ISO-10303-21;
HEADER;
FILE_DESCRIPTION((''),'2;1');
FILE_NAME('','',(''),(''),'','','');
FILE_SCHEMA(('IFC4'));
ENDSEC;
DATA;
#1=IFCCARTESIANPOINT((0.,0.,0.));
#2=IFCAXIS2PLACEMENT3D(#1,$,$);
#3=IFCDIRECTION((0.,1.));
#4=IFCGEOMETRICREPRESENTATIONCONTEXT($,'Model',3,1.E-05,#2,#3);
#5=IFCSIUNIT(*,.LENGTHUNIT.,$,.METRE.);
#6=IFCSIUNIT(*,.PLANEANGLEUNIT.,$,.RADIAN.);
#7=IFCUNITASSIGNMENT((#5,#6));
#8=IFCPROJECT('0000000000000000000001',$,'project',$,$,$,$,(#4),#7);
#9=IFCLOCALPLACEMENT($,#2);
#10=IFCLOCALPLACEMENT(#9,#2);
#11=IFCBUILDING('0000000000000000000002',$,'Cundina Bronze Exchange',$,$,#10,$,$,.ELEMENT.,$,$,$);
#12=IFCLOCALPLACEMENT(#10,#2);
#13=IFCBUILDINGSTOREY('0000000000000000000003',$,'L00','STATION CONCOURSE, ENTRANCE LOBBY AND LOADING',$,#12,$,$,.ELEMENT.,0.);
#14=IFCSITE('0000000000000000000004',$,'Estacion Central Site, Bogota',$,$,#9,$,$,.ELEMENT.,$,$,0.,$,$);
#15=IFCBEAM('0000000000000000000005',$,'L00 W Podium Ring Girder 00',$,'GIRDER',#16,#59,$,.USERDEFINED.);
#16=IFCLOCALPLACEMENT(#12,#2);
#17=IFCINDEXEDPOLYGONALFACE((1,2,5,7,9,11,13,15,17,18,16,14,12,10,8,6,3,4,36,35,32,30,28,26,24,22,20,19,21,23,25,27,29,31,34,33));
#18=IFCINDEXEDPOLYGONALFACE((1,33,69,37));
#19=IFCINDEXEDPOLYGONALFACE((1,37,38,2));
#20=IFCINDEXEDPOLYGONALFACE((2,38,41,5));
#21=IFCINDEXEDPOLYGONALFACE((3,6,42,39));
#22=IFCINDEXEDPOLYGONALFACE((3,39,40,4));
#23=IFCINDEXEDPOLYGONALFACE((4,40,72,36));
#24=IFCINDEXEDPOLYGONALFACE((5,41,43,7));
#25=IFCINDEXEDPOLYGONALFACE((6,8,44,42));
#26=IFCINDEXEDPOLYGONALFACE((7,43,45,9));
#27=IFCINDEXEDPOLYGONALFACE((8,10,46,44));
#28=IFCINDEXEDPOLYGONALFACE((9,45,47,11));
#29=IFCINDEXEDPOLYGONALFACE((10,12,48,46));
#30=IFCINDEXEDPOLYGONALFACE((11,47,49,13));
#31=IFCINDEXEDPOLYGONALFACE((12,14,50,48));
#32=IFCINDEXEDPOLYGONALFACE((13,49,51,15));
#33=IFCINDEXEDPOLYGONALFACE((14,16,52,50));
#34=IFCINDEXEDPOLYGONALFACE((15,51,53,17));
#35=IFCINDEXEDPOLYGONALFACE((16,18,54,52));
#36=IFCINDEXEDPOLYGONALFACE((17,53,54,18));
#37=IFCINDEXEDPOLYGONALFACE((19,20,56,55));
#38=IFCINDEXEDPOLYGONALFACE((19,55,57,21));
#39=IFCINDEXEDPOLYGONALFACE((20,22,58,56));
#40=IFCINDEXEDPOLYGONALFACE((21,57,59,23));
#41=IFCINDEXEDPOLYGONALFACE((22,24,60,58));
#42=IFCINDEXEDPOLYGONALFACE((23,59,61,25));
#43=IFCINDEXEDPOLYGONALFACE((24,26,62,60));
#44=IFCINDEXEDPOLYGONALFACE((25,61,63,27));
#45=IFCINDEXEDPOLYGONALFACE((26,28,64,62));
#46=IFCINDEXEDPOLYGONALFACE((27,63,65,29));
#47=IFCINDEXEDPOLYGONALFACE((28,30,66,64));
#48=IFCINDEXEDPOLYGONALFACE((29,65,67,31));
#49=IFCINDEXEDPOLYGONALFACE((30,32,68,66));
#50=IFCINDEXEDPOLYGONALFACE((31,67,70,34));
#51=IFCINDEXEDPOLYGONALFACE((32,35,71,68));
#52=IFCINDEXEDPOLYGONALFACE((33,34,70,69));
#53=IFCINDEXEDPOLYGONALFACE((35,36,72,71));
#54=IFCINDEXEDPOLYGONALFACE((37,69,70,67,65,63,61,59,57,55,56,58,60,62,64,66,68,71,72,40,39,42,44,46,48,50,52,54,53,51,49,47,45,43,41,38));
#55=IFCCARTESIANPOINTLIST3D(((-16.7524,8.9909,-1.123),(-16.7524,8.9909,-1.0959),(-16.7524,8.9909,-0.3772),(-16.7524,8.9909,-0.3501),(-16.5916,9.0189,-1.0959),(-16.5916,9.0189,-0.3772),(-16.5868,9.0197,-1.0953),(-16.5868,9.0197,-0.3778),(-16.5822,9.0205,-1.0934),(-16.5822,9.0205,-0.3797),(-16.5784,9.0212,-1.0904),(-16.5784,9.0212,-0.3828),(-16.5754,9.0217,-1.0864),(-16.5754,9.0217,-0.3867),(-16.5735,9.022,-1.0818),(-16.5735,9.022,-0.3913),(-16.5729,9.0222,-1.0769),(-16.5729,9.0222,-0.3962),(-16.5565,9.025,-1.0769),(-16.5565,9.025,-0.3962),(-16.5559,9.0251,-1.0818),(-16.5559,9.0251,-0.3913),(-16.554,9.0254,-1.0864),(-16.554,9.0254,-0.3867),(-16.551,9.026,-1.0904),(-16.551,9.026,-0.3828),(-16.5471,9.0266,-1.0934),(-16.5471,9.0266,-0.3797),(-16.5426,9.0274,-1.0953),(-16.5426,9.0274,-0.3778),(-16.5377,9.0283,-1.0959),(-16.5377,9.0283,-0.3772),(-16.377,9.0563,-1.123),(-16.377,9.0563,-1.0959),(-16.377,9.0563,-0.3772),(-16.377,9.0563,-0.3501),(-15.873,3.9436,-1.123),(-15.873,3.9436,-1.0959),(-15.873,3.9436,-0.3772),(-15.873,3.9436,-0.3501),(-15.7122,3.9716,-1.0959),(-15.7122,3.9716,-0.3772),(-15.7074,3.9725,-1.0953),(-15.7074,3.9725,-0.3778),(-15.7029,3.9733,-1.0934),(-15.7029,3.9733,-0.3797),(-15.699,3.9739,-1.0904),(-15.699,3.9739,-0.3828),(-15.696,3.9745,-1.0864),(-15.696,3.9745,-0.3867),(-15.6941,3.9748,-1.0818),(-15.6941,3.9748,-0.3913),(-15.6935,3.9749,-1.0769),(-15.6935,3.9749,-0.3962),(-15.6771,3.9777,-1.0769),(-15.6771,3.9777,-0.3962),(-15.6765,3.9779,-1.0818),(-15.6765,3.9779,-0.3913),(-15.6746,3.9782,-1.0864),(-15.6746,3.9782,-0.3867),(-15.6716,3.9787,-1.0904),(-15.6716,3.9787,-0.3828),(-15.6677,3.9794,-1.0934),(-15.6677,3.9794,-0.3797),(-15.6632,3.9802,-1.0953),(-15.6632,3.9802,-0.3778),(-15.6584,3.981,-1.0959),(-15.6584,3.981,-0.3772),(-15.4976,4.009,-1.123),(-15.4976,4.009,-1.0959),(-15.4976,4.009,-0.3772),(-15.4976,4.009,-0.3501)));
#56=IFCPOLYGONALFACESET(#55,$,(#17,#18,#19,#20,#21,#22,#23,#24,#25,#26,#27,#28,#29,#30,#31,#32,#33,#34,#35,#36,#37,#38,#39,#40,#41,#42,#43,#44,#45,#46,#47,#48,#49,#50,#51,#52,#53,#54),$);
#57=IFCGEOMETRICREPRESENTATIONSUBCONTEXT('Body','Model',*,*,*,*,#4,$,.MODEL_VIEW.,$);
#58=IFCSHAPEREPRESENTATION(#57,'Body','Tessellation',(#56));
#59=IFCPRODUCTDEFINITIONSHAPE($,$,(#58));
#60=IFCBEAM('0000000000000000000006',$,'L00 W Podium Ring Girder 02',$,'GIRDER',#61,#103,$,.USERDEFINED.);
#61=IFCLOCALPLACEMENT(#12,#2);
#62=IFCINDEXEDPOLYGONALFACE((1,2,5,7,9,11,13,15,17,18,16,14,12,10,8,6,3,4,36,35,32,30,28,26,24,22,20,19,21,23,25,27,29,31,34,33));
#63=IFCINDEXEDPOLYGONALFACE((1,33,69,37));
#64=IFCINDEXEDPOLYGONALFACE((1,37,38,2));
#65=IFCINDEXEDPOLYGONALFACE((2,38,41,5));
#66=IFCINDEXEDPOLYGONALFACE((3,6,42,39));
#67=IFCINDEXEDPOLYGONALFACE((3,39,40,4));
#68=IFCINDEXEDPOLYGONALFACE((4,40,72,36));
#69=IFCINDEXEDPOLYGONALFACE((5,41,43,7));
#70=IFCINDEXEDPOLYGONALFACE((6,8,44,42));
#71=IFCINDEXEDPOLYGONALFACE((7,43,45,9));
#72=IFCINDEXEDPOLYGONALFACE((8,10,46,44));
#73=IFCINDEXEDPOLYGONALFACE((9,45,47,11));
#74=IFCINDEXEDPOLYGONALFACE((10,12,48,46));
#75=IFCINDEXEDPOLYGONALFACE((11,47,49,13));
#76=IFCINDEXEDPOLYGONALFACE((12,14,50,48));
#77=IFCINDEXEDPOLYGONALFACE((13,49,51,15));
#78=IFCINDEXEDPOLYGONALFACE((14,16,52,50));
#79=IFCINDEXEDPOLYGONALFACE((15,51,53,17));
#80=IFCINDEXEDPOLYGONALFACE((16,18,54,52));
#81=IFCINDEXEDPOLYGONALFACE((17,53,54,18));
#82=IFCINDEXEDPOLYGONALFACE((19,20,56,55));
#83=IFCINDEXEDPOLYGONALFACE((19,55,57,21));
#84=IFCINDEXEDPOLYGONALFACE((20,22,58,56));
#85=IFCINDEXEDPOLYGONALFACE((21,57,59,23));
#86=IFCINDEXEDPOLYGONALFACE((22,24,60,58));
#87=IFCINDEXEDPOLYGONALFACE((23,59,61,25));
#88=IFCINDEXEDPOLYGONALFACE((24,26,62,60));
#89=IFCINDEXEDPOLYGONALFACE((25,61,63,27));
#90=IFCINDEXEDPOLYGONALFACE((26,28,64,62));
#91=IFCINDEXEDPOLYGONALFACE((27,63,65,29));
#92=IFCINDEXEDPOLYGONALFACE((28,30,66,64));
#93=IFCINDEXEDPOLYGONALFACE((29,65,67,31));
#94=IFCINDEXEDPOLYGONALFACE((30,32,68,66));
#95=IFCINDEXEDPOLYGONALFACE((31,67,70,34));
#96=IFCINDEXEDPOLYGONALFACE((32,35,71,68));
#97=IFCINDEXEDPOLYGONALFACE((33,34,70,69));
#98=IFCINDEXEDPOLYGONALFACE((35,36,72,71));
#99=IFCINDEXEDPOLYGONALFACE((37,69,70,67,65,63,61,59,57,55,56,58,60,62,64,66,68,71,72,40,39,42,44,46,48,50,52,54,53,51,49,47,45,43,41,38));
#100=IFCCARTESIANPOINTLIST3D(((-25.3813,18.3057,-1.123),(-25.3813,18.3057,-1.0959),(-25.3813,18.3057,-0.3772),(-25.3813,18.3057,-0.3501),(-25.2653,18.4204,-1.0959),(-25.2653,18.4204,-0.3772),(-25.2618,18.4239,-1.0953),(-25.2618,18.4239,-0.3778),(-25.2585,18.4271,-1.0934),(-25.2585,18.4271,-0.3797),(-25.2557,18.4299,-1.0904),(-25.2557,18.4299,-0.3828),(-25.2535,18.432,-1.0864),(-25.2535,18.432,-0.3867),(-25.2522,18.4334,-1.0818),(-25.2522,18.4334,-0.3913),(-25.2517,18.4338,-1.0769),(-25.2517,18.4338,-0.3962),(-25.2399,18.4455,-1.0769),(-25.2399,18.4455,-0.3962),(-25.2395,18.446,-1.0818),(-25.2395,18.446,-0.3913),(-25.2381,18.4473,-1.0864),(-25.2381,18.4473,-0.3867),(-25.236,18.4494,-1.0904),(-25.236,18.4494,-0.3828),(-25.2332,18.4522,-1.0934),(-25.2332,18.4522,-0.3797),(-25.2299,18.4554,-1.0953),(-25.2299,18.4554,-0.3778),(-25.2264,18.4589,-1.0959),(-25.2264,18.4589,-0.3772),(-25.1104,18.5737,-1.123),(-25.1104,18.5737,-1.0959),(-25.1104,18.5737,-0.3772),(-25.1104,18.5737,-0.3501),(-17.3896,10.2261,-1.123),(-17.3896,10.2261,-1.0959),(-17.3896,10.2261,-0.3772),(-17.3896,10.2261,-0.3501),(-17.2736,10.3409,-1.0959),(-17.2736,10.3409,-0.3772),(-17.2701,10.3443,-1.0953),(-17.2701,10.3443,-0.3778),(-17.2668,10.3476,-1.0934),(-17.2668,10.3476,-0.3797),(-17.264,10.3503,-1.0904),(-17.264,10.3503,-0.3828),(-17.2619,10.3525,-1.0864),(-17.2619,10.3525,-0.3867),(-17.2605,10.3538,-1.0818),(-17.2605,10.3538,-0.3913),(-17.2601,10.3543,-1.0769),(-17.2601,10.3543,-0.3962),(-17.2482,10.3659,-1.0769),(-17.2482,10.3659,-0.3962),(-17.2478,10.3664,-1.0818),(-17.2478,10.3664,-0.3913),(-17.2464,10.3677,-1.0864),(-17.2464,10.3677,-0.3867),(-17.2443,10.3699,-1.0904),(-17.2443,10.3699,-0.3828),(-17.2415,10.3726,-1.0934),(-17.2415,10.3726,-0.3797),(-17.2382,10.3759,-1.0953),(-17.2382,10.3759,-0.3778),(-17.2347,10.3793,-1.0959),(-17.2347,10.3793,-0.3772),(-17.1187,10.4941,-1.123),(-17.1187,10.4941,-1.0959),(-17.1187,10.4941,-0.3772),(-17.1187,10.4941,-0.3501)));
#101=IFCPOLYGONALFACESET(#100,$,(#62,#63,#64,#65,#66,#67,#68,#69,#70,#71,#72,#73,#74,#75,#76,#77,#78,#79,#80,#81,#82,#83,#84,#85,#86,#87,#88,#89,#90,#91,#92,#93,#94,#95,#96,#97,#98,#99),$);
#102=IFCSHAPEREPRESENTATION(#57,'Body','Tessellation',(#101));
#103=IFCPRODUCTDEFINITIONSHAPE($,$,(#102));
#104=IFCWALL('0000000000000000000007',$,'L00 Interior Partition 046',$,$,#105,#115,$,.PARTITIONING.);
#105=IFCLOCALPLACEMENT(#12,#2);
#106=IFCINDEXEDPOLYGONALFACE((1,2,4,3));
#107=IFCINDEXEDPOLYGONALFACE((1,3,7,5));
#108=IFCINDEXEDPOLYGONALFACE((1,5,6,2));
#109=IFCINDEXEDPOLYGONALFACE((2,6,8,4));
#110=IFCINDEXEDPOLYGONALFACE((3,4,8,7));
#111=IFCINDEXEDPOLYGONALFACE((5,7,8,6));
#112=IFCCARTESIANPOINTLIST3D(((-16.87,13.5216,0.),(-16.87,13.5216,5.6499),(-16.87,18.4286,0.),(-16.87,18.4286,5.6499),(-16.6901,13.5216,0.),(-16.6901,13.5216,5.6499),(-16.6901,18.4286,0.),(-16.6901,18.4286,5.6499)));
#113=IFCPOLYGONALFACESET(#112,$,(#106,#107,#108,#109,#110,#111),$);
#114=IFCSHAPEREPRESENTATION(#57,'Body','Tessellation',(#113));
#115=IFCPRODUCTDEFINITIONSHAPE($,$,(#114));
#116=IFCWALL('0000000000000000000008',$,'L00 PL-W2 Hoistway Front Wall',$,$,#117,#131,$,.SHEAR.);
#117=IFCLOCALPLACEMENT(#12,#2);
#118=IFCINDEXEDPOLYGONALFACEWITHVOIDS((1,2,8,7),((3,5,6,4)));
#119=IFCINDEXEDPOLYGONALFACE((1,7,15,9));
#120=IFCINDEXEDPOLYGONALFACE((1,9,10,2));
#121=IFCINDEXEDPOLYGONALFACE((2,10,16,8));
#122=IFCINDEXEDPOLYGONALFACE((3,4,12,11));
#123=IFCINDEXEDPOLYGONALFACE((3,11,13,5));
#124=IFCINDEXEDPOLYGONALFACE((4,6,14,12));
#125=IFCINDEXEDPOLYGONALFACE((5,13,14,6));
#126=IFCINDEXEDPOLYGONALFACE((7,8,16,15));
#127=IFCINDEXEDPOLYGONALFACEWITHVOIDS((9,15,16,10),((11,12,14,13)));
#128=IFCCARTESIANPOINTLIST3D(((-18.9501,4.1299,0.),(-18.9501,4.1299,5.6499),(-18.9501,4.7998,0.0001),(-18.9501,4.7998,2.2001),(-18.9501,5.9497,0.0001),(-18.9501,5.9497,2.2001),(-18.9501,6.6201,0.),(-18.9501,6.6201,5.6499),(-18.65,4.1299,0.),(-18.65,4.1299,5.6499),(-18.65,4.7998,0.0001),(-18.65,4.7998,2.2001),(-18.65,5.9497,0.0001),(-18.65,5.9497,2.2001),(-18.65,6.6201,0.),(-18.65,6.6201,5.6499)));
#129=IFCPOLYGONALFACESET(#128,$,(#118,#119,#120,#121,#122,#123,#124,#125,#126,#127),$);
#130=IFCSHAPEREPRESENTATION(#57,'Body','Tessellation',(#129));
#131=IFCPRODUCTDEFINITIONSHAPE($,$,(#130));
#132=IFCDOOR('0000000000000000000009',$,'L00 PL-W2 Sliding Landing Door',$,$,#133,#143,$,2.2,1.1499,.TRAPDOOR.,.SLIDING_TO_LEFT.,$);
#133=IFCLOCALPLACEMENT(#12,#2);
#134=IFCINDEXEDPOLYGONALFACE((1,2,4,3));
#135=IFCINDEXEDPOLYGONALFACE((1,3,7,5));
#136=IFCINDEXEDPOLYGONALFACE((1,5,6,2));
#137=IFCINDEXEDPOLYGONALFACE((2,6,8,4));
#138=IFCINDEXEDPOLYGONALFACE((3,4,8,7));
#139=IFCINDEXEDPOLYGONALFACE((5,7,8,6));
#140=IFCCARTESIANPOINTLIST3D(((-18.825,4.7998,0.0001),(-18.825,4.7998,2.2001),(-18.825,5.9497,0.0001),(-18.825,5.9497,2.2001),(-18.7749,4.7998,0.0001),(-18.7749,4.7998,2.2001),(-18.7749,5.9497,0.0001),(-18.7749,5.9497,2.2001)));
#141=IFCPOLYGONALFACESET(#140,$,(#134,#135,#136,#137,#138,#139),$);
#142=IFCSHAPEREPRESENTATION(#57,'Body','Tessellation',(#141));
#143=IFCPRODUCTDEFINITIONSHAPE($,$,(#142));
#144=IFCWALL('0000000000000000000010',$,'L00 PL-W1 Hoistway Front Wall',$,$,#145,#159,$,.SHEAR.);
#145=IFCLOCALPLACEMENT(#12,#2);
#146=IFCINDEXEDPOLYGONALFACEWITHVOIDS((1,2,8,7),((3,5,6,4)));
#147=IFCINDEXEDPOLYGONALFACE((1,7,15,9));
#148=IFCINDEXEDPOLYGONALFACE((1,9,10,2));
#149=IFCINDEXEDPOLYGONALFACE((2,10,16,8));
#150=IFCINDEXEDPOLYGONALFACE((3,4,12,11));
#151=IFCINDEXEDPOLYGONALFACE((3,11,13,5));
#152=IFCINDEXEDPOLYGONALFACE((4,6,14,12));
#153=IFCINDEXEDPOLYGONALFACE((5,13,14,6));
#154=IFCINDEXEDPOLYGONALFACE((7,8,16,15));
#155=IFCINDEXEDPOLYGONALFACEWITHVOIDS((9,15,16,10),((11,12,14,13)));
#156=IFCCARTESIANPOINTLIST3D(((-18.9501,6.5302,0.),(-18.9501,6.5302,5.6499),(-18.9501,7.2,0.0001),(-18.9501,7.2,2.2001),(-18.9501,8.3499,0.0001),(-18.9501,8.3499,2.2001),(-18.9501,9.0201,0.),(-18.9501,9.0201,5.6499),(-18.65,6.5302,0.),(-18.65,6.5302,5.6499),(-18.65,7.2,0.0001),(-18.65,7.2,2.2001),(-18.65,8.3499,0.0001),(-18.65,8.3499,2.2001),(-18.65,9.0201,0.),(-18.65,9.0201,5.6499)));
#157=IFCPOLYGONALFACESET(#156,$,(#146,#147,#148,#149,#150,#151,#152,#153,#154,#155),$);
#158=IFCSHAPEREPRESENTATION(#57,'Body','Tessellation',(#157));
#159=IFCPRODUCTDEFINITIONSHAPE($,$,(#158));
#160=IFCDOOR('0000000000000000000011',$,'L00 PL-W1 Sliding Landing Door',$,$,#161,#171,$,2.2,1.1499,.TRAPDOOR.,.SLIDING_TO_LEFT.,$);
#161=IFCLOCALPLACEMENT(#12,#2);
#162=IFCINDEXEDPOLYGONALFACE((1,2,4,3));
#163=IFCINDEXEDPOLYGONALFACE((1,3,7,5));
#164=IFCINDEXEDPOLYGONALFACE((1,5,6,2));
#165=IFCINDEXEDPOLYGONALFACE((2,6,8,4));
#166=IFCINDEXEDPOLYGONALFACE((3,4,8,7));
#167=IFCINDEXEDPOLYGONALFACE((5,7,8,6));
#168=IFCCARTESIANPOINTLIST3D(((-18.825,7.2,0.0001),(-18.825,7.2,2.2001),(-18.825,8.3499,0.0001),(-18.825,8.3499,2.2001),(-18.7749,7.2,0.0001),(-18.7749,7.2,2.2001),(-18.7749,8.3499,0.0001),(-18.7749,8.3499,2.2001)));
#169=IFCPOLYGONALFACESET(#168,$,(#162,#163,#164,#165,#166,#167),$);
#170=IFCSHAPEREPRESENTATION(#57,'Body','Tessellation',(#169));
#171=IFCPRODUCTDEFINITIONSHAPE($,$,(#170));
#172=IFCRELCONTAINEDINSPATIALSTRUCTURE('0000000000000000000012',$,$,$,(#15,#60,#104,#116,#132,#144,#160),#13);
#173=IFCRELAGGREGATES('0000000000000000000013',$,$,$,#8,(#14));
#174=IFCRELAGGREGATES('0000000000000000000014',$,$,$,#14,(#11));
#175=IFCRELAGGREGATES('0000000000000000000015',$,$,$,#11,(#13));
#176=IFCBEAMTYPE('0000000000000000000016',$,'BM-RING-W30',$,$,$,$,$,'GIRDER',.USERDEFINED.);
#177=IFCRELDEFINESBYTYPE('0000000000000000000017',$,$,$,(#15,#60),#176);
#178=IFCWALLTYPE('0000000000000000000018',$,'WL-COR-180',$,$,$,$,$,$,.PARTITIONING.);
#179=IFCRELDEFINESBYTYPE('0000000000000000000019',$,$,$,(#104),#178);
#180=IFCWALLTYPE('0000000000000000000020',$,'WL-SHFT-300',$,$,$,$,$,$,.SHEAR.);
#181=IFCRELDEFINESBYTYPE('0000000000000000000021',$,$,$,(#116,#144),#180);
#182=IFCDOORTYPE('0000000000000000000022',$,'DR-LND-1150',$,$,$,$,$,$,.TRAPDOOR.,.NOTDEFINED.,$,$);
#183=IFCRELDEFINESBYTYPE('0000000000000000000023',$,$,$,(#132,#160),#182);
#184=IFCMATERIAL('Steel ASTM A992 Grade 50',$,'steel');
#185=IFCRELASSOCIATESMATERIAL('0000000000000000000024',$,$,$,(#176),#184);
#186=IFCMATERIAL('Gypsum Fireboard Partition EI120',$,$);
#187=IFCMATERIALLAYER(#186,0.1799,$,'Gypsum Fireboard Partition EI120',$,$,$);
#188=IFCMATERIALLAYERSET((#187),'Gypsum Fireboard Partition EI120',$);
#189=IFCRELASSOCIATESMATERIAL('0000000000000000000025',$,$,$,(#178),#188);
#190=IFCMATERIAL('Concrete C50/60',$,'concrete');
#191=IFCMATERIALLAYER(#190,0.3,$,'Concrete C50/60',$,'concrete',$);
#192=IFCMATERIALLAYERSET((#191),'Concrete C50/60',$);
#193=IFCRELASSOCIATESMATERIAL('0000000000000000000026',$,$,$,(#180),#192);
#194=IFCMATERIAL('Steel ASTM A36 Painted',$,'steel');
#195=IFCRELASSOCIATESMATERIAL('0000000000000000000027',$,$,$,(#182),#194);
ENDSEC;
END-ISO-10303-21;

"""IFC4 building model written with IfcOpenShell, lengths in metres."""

from ifc_helpers import new_model, si_unit, direction, frame, frame_2d, origin, origin_2d, place, context, subcontext, project, spatial, rectangle, i_section, extrude, material, layer, layer_set, material_profile, profile_set, type_object, element, fill, save


model = new_model("IFC4")

# Units and contexts
model_context = context("Model", 3, precision=1e-05, world=origin(), true_north=direction((0.0, 1.0)))
body_context = subcontext(model_context, "Body", "Model", "MODEL_VIEW")
ifc_project = project(units=[si_unit("LENGTHUNIT", "METRE"), si_unit("PLANEANGLEUNIT", "RADIAN")], contexts=[model_context])

# Site, building, storey
site_placement = place(None, origin())
site = spatial("IfcSite", under=ifc_project, at=site_placement, Name="Estacion Central Site, Bogota", CompositionType="ELEMENT", RefElevation=0.0)
building_placement = place(site_placement, origin())
building = spatial("IfcBuilding", under=site, at=building_placement, Name="Cundina Bronze Exchange", CompositionType="ELEMENT")
storey_placement = place(building_placement, origin())
storey = spatial("IfcBuildingStorey", under=building, at=storey_placement, Name="L00", Description="STATION CONCOURSE, ENTRANCE LOBBY AND LOADING", CompositionType="ELEMENT", Elevation=0.0)

# Beams
ifc_material_1 = material(Name="Steel ASTM A992 Grade 50", Category="steel")
ifc_material_profile_1 = material_profile(ifc_material_1, i_section(OverallWidth=0.3811, OverallDepth=0.7729, WebThickness=0.0166, FlangeThickness=0.0271, FilletRadius=0.019, at=origin_2d()), Name="W30X173", Category="steel")
ifc_profile_set_1 = profile_set([ifc_material_profile_1], Name="Steel ASTM A992 Grade 50")
beam_type = type_object("IfcBeamType", Name="BM-RING-W30", ElementType="GIRDER", PredefinedType="USERDEFINED", material=ifc_profile_set_1)
beam_1_placement = place(storey_placement, frame((-15.6853, 3.9763, -0.7366), z_axis=(-0.171643, 0.985159, 0.0), x_axis=(-0.985159, -0.171643, 0.0)))
element("IfcBeam", 1, at=beam_1_placement, inside=storey, type_object=beam_type, Name="L00 W Podium Ring Girder 00", ObjectType="GIRDER", PredefinedType="USERDEFINED", context=body_context, shape_type="SweptSolid", body=[
    extrude(i_section(OverallWidth=0.3811, OverallDepth=0.7729, WebThickness=0.0166, FlangeThickness=0.0271, FilletRadius=0.019, at=origin_2d()), origin(), (0.0, 0.0, 1.0), 5.1233),
])
beam_2_placement = place(storey_placement, frame((-17.2542, 10.3601, -0.7366), z_axis=(-0.703229, 0.710963, 0.0), x_axis=(-0.710963, -0.703229, 0.0)))
element("IfcBeam", 2, at=beam_2_placement, inside=storey, type_object=beam_type, Name="L00 W Podium Ring Girder 02", ObjectType="GIRDER", PredefinedType="USERDEFINED", context=body_context, shape_type="SweptSolid", body=[
    extrude(i_section(OverallWidth=0.3811, OverallDepth=0.7729, WebThickness=0.0166, FlangeThickness=0.0271, FilletRadius=0.019, at=origin_2d()), origin(), (0.0, 0.0, 1.0), 11.3643),
])

# Wall
ifc_material_2 = material(Name="Gypsum Fireboard Partition EI120")
ifc_layer_1 = layer(ifc_material_2, 0.1799, Name="Gypsum Fireboard Partition EI120")
ifc_layer_set_1 = layer_set([ifc_layer_1], Name="Gypsum Fireboard Partition EI120")
wall_type_1 = type_object("IfcWallType", Name="WL-COR-180", PredefinedType="PARTITIONING", material=ifc_layer_set_1)
wall_1_placement = place(storey_placement, frame((-16.78, 13.5215, 0.0), z_axis=(0.0, 0.0, 1.0), x_axis=(0.0, 1.0, 0.0)))
element("IfcWall", 3, at=wall_1_placement, inside=storey, type_object=wall_type_1, Name="L00 Interior Partition 046", PredefinedType="PARTITIONING", context=body_context, shape_type="SweptSolid", body=[
    extrude(rectangle(XDim=4.907, YDim=0.1799, at=frame_2d((2.4536, 0.0))), origin(), (0.0, 0.0, 1.0), 5.6499),
])

# Walls, openings, doors
ifc_material_3 = material(Name="Concrete C50/60", Category="concrete")
ifc_layer_2 = layer(ifc_material_3, 0.3, Name="Concrete C50/60", Category="concrete")
ifc_layer_set_2 = layer_set([ifc_layer_2], Name="Concrete C50/60")
wall_type_2 = type_object("IfcWallType", Name="WL-SHFT-300", PredefinedType="SHEAR", material=ifc_layer_set_2)
wall_2_placement = place(storey_placement, frame((-18.8, 4.1299, 0.0), z_axis=(0.0, 0.0, 1.0), x_axis=(0.0, 1.0, 0.0)))
wall_2 = element("IfcWall", 4, at=wall_2_placement, inside=storey, type_object=wall_type_2, Name="L00 PL-W2 Hoistway Front Wall", PredefinedType="SHEAR", context=body_context, shape_type="SweptSolid", body=[
    extrude(rectangle(XDim=2.4902, YDim=0.3, at=frame_2d((1.2451, 0.0))), origin(), (0.0, 0.0, 1.0), 5.6499),
])
opening_1_placement = place(wall_2_placement, frame((0.6699, 0.0, 0.0)))
opening_1 = element("IfcOpeningElement", 5, at=opening_1_placement, cuts=wall_2, PredefinedType="OPENING", context=body_context, shape_type="SweptSolid", body=[
    extrude(rectangle(XDim=1.1499, YDim=2.2, at=frame_2d((0.575, 1.1001))), frame((0.0, 0.1599, 0.0), z_axis=(0.0, -1.0, 0.0), x_axis=(1.0, 0.0, 0.0)), (0.0, 0.0, 1.0), 0.3201),
])
ifc_material_4 = material(Name="Steel ASTM A36 Painted", Category="steel")
door_type = type_object("IfcDoorType", Name="DR-LND-1150", OperationType="NOTDEFINED", PredefinedType="TRAPDOOR", material=ifc_material_4)
door_1_placement = place(opening_1_placement, origin())
door_1 = element("IfcDoor", 6, at=door_1_placement, inside=storey, type_object=door_type, Name="L00 PL-W2 Sliding Landing Door", OperationType="SLIDING_TO_LEFT", OverallHeight=2.2, OverallWidth=1.1499, PredefinedType="TRAPDOOR", context=body_context, shape_type="SweptSolid", body=[
    extrude(rectangle(XDim=1.1499, YDim=2.2, at=frame_2d((0.575, 1.1001))), frame((0.0, 0.0249, 0.0), z_axis=(0.0, -1.0, 0.0), x_axis=(1.0, 0.0, 0.0)), (0.0, 0.0, 1.0), 0.05),
])
fill(opening_1, door_1)
wall_3_placement = place(storey_placement, frame((-18.8, 6.53, 0.0), z_axis=(0.0, 0.0, 1.0), x_axis=(0.0, 1.0, 0.0)))
wall_3 = element("IfcWall", 7, at=wall_3_placement, inside=storey, type_object=wall_type_2, Name="L00 PL-W1 Hoistway Front Wall", PredefinedType="SHEAR", context=body_context, shape_type="SweptSolid", body=[
    extrude(rectangle(XDim=2.49, YDim=0.3, at=frame_2d((1.2451, 0.0))), origin(), (0.0, 0.0, 1.0), 5.6499),
])
opening_2_placement = place(wall_3_placement, frame((0.6699, 0.0, 0.0)))
opening_2 = element("IfcOpeningElement", 8, at=opening_2_placement, cuts=wall_3, PredefinedType="OPENING", context=body_context, shape_type="SweptSolid", body=[
    extrude(rectangle(XDim=1.1499, YDim=2.2, at=frame_2d((0.575, 1.1001))), frame((0.0, 0.1599, 0.0), z_axis=(0.0, -1.0, 0.0), x_axis=(1.0, 0.0, 0.0)), (0.0, 0.0, 1.0), 0.3201),
])
door_2_placement = place(opening_2_placement, origin())
door_2 = element("IfcDoor", 9, at=door_2_placement, inside=storey, type_object=door_type, Name="L00 PL-W1 Sliding Landing Door", OperationType="SLIDING_TO_LEFT", OverallHeight=2.2, OverallWidth=1.1499, PredefinedType="TRAPDOOR", context=body_context, shape_type="SweptSolid", body=[
    extrude(rectangle(XDim=1.1499, YDim=2.2, at=frame_2d((0.575, 1.1001))), frame((0.0, 0.0249, 0.0), z_axis=(0.0, -1.0, 0.0), x_axis=(1.0, 0.0, 0.0)), (0.0, 0.0, 1.0), 0.05),
])
fill(opening_2, door_2)

save(model, "model.ifc")
